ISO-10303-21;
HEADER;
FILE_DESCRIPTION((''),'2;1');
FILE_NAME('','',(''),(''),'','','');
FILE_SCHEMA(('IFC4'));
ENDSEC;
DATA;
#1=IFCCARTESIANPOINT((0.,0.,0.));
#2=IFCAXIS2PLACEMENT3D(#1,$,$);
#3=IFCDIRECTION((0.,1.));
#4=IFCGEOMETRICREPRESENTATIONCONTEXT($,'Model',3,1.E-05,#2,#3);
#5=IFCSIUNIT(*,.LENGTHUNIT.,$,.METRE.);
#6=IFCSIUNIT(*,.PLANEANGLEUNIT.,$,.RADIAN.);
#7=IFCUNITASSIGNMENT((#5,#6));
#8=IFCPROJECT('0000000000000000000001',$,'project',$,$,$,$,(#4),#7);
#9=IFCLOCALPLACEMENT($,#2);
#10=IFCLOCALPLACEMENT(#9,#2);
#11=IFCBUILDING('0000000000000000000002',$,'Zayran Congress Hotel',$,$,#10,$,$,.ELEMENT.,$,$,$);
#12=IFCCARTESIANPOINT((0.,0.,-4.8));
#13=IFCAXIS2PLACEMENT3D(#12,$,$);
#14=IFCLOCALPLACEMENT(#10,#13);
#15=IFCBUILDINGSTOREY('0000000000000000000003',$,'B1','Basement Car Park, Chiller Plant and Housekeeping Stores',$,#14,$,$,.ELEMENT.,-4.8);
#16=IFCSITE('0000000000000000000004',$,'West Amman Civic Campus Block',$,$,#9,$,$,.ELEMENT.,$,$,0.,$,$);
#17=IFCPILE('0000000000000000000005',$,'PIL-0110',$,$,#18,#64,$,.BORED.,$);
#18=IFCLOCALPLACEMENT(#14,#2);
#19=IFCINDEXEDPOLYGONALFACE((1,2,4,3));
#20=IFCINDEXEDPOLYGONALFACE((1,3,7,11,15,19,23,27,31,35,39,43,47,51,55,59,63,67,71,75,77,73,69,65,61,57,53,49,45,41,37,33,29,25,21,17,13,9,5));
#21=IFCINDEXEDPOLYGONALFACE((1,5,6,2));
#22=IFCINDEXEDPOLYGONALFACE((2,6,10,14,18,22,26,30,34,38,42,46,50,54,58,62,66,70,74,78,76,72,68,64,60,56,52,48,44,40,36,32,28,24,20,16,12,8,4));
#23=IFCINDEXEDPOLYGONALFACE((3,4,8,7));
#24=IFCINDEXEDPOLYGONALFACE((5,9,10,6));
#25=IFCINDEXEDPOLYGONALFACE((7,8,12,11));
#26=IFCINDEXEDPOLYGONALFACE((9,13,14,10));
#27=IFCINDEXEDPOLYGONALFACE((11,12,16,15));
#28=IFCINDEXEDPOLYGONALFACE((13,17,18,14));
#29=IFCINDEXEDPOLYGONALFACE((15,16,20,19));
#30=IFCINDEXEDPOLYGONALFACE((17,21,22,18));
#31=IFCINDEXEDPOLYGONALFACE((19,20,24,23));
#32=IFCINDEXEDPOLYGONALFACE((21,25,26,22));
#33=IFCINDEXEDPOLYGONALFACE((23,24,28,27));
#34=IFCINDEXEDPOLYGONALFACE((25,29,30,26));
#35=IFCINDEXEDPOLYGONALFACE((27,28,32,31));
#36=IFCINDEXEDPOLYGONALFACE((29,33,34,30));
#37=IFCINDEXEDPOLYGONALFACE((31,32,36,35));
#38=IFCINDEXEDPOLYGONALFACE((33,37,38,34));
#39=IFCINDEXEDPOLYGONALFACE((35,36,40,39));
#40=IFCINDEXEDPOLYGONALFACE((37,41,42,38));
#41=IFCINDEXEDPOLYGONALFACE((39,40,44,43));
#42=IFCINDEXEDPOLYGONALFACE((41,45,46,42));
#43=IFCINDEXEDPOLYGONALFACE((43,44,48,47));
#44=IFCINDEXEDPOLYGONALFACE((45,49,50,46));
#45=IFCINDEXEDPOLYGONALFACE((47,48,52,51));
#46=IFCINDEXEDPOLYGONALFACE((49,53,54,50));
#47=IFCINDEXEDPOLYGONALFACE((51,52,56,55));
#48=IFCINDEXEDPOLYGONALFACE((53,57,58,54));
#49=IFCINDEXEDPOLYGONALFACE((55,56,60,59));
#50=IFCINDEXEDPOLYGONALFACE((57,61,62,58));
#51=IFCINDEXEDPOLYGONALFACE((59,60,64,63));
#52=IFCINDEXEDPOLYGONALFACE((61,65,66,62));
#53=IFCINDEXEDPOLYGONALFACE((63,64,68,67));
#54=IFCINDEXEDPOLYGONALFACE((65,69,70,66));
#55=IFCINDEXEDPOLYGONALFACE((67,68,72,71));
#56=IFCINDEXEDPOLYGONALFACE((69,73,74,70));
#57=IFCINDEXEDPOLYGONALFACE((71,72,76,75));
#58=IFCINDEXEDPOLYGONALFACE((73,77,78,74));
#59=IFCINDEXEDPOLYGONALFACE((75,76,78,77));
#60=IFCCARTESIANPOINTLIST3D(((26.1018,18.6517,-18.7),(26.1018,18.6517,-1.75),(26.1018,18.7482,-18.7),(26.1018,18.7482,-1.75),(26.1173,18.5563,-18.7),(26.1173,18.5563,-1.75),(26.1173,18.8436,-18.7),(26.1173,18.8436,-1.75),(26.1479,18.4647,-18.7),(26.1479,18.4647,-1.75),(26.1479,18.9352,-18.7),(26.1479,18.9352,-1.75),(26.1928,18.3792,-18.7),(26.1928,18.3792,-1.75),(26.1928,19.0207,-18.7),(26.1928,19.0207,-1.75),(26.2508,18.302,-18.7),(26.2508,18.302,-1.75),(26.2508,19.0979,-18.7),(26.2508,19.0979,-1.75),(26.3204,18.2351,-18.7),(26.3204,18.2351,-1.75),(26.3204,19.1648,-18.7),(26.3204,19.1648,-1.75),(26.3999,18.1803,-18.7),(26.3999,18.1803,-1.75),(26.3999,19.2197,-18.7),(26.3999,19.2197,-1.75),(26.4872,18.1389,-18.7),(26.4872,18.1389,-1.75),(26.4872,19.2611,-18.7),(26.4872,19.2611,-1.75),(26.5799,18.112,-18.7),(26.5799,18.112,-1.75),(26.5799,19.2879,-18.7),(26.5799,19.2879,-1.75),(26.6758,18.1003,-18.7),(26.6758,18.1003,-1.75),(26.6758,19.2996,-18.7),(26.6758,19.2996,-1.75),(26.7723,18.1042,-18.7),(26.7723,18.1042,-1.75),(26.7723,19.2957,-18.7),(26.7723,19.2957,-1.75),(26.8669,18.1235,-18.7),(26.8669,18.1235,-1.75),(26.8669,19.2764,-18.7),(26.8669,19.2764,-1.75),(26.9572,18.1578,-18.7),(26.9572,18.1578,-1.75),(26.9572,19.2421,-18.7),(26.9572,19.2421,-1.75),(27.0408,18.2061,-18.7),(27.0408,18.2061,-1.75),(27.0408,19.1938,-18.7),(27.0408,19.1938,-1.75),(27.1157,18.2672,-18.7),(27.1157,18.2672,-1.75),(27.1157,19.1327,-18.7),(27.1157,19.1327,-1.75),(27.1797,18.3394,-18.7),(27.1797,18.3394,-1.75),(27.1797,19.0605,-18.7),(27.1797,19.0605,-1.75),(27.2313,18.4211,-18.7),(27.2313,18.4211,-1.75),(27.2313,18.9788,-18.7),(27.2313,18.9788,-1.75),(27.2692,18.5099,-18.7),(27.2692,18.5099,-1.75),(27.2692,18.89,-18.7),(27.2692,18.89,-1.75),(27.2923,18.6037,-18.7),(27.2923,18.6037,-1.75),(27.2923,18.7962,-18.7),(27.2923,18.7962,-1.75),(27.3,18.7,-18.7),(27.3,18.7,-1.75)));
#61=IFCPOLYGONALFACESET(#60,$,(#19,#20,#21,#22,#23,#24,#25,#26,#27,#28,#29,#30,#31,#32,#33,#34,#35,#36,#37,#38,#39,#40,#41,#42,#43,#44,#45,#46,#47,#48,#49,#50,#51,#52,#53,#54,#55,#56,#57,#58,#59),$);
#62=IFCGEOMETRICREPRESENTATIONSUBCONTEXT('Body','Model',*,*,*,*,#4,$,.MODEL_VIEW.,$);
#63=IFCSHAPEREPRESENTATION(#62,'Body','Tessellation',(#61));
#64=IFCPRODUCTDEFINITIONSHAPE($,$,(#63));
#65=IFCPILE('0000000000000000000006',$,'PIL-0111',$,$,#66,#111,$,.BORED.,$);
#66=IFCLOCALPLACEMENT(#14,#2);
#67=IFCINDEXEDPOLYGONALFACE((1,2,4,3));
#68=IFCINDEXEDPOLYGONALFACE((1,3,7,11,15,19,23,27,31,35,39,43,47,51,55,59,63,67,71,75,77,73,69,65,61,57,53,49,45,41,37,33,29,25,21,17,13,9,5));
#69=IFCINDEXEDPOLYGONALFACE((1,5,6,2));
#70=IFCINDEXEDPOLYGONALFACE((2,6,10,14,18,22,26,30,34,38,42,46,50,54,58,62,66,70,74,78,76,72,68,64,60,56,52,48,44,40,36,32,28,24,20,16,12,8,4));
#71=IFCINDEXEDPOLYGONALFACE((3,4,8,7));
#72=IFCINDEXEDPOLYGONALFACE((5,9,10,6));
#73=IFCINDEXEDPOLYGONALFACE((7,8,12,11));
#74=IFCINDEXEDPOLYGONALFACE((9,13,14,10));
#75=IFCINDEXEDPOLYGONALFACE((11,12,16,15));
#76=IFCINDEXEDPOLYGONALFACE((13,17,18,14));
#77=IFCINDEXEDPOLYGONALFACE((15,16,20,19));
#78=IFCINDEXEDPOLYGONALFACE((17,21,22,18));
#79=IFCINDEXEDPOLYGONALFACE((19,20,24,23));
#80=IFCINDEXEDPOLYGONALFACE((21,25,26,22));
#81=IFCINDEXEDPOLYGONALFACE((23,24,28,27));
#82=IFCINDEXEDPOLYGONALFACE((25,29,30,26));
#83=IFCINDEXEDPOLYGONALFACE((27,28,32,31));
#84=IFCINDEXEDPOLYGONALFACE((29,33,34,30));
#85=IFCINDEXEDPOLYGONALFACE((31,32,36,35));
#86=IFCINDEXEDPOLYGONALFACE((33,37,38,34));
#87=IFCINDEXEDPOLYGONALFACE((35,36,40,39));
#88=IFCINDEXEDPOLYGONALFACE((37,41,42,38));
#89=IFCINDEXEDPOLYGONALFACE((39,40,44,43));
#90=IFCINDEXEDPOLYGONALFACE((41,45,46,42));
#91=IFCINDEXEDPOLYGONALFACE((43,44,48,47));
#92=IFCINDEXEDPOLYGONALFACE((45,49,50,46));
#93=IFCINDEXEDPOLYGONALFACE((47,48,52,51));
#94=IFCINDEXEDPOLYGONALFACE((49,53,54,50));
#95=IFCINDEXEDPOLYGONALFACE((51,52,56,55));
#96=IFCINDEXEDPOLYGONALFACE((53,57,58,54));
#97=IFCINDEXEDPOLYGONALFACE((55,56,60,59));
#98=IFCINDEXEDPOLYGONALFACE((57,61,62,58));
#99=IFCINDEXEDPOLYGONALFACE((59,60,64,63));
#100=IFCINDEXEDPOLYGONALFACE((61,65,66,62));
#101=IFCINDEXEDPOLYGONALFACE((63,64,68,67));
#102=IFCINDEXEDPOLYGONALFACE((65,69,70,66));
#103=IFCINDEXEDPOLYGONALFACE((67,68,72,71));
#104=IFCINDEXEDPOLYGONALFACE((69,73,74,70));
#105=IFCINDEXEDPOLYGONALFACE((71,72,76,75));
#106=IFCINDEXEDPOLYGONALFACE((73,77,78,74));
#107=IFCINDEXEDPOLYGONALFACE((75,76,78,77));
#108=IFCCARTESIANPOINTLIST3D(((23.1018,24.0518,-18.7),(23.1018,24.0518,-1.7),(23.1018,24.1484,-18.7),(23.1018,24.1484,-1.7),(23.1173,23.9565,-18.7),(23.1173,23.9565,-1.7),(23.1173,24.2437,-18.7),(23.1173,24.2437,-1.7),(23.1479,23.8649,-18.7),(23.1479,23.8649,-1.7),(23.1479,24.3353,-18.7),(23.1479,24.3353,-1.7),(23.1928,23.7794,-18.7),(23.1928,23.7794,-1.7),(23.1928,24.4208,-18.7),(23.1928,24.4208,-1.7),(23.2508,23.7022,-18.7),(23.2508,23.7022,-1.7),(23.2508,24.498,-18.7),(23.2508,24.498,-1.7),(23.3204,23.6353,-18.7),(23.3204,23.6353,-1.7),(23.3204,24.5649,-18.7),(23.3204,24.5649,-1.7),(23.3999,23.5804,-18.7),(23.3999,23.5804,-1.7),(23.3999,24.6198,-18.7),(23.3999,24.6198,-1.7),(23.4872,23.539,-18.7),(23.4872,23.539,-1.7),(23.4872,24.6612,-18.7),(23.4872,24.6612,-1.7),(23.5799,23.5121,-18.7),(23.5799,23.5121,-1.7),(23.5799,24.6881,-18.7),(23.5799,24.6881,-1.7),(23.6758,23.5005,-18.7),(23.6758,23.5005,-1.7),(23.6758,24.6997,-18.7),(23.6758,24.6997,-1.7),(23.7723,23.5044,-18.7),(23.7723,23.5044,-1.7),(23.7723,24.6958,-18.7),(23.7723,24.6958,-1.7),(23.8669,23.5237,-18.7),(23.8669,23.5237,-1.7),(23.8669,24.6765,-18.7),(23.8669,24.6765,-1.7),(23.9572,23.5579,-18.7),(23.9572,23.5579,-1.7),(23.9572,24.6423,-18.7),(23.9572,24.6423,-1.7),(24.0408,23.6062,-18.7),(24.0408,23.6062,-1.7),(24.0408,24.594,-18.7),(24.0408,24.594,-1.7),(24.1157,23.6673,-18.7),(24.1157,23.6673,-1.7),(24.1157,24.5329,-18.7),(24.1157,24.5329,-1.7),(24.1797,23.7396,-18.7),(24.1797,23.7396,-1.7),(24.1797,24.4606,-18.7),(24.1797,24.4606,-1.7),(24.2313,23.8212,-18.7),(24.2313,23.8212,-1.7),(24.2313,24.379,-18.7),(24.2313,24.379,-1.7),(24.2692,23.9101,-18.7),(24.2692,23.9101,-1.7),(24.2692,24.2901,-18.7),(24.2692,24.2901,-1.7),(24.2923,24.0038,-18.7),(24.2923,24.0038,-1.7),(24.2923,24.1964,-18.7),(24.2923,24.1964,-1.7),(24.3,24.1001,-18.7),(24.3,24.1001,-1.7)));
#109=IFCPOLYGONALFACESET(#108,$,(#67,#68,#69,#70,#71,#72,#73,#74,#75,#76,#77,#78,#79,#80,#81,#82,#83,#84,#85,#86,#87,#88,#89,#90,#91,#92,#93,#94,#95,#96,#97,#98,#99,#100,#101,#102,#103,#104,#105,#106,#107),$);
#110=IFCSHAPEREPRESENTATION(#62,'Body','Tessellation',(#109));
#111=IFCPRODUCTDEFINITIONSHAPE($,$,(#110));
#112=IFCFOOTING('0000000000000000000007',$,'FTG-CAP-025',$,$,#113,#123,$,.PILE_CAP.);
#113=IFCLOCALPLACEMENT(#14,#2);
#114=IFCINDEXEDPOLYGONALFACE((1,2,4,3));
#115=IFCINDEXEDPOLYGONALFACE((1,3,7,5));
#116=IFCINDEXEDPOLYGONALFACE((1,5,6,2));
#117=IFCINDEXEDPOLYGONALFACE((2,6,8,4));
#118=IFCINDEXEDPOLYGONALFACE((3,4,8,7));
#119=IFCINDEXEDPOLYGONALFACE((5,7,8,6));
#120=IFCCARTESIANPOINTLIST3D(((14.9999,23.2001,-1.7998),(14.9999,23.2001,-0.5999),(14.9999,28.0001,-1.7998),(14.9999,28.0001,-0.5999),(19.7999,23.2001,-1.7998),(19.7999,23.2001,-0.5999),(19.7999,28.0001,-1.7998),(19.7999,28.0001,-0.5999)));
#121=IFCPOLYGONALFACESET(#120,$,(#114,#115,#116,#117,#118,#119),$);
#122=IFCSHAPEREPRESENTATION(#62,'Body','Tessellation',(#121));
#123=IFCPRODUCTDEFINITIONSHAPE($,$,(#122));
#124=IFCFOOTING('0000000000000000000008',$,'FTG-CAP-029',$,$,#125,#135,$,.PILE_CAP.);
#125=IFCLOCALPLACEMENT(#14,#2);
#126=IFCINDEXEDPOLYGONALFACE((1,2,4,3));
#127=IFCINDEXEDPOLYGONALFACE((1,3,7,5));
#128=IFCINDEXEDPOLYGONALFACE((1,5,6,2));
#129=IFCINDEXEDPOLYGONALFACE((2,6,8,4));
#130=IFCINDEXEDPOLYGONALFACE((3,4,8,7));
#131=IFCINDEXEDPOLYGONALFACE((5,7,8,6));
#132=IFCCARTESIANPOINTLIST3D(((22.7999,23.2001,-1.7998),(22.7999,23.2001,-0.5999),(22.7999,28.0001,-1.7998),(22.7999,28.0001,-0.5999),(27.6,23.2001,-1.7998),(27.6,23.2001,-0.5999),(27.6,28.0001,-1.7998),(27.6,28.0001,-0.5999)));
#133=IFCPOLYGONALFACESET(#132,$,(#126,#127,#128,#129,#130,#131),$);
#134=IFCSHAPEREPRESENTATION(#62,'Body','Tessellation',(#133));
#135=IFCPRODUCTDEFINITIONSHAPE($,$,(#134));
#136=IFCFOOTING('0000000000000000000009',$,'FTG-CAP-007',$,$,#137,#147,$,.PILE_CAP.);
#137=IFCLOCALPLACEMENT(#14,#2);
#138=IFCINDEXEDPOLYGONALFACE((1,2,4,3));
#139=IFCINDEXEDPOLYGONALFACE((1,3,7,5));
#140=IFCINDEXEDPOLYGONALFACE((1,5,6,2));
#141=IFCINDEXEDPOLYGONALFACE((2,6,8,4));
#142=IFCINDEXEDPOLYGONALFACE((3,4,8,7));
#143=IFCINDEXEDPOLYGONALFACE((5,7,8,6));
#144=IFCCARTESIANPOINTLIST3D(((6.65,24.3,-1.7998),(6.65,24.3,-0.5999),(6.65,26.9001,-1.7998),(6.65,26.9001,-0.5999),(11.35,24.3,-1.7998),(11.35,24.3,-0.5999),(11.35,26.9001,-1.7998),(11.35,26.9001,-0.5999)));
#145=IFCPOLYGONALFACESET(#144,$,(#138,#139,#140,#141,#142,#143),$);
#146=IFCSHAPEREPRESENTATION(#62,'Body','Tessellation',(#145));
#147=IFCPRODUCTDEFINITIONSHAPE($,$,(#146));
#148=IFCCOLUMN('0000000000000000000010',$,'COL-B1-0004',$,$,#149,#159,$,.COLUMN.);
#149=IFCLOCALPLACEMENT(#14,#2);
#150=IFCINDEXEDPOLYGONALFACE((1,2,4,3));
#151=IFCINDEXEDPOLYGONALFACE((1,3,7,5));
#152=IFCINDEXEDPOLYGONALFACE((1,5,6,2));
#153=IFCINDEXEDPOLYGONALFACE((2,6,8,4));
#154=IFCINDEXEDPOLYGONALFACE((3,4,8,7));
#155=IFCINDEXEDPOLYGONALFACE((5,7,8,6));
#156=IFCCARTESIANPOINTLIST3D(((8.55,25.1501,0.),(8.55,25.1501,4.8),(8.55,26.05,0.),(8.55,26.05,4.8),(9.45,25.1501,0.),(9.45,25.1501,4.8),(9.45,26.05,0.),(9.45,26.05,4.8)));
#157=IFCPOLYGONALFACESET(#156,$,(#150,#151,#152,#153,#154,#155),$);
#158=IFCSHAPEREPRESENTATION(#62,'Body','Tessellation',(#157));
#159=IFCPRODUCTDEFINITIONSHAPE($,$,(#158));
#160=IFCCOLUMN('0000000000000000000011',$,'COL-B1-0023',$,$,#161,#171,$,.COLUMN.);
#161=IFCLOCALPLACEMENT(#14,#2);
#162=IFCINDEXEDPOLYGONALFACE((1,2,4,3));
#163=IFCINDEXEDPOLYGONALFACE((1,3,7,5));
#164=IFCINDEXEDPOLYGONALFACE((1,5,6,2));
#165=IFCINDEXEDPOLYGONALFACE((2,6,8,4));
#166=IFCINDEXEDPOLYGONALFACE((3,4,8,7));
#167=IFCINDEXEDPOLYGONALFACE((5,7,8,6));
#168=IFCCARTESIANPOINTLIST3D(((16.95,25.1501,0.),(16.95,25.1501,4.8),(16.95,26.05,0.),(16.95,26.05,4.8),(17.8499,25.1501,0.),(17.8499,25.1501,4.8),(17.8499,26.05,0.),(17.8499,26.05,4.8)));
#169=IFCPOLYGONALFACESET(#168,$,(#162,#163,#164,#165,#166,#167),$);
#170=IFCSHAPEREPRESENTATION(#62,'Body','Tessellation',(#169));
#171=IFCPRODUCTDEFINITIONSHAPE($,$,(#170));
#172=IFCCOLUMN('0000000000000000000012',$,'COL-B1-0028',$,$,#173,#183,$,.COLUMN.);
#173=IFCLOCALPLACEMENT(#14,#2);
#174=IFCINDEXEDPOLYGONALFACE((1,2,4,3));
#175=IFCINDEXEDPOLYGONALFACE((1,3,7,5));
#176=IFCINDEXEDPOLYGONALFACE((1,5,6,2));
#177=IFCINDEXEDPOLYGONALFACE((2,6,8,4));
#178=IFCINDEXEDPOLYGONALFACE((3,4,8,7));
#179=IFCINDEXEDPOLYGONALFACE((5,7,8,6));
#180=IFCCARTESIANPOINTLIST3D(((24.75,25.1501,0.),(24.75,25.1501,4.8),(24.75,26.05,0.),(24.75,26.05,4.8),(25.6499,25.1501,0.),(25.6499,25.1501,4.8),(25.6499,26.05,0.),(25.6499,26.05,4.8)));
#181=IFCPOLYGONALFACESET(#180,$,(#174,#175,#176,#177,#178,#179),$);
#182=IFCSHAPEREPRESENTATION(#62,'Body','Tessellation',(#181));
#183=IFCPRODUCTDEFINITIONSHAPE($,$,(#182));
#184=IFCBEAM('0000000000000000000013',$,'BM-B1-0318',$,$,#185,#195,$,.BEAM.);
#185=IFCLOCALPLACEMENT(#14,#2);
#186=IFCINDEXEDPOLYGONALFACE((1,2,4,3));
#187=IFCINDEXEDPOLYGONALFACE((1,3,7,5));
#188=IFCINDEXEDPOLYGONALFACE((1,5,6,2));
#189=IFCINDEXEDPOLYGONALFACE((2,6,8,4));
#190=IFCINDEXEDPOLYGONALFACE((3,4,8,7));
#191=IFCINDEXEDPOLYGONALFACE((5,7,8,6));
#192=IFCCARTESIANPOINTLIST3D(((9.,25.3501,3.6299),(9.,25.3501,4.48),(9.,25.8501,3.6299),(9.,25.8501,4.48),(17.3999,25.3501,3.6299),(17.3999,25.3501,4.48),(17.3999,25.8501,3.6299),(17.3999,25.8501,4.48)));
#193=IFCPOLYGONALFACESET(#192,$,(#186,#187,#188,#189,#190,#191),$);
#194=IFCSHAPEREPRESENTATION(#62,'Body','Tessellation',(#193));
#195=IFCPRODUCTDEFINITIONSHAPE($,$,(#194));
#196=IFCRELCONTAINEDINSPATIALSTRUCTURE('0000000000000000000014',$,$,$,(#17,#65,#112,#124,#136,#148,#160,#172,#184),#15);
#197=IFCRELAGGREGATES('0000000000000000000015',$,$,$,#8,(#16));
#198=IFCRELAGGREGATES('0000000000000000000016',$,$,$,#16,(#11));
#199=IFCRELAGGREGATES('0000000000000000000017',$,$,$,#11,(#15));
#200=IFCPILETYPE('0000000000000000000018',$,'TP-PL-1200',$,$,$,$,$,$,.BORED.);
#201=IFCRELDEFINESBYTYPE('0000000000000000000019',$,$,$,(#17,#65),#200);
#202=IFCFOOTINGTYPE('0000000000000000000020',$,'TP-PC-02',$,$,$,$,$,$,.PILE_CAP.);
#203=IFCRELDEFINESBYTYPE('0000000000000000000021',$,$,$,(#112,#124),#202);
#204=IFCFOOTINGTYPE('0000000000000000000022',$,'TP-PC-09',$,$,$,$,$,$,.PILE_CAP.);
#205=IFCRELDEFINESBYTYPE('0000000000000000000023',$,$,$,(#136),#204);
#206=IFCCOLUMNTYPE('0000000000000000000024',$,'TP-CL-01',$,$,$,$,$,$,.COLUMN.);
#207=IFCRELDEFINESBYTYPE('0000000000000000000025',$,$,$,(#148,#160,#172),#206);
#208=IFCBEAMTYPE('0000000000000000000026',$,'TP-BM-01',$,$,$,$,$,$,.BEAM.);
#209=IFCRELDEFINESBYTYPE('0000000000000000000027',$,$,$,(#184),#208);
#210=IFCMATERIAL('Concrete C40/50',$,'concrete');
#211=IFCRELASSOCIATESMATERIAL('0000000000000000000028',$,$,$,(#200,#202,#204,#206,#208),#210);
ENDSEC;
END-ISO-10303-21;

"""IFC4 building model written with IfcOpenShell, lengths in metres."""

from ifc_helpers import new_model, si_unit, direction, frame, origin, origin_2d, place, context, subcontext, project, spatial, rectangle, circle, extrude, material, material_profile, profile_set, type_object, element, save


model = new_model("IFC4")

# Units and contexts
model_context = context("Model", 3, precision=1e-05, world=origin(), true_north=direction((0.0, 1.0)))
body_context = subcontext(model_context, "Body", "Model", "MODEL_VIEW")
ifc_project = project(units=[si_unit("LENGTHUNIT", "METRE"), si_unit("PLANEANGLEUNIT", "RADIAN")], contexts=[model_context])

# Site, building, storey
site_placement = place(None, origin())
site = spatial("IfcSite", under=ifc_project, at=site_placement, Name="West Amman Civic Campus Block", CompositionType="ELEMENT", RefElevation=0.0)
building_placement = place(site_placement, origin())
building = spatial("IfcBuilding", under=site, at=building_placement, Name="Zayran Congress Hotel", CompositionType="ELEMENT")
storey_placement = place(building_placement, frame((0.0, 0.0, -4.8)))
storey = spatial("IfcBuildingStorey", under=building, at=storey_placement, Name="B1", Description="Basement Car Park, Chiller Plant and Housekeeping Stores", CompositionType="ELEMENT", Elevation=-4.8)

# Piles
ifc_material_1 = material(Name="Concrete C40/50", Category="concrete")
ifc_material_profile_1 = material_profile(ifc_material_1, circle(Radius=0.6001, at=origin_2d()), Name="PILE D1200")
ifc_profile_set_1 = profile_set([ifc_material_profile_1], Name="Concrete C40/50")
pile_type = type_object("IfcPileType", Name="TP-PL-1200", PredefinedType="BORED", material=ifc_profile_set_1)
for number, where, z_axis, x_axis, name in (
    (1, (26.7, 18.7, -1.75), (0.0, 0.0, -1.0), (1.0, 0.0, 0.0), "PIL-0110"),
):
    element("IfcPile", number, at=place(storey_placement, frame(where, z_axis=z_axis, x_axis=x_axis)), inside=storey, type_object=pile_type, Name=name, PredefinedType="BORED", context=body_context, shape_type="SweptSolid", body=[
        extrude(circle(Radius=0.6001, at=origin_2d()), origin(), (0.0, 0.0, 1.0), 16.95),
    ])
pile_placement = place(storey_placement, frame((23.7, 24.1001, -1.7), z_axis=(0.0, 0.0, -1.0), x_axis=(1.0, 0.0, 0.0)))
element("IfcPile", 2, at=pile_placement, inside=storey, type_object=pile_type, Name="PIL-0111", PredefinedType="BORED", context=body_context, shape_type="SweptSolid", body=[
    extrude(circle(Radius=0.6001, at=origin_2d()), origin(), (0.0, 0.0, 1.0), 17.0),
])

# Footings
footing_type_1 = type_object("IfcFootingType", Name="TP-PC-02", PredefinedType="PILE_CAP", material=ifc_material_1)
for number, where, z_axis, x_axis, name in (
    (3, (17.3999, 25.6001, -1.7998), (0.0, 0.0, 1.0), (1.0, 0.0, 0.0), "FTG-CAP-025"),
    (4, (25.2, 25.6001, -1.7998), (0.0, 0.0, 1.0), (1.0, 0.0, 0.0), "FTG-CAP-029"),
):
    element("IfcFooting", number, at=place(storey_placement, frame(where, z_axis=z_axis, x_axis=x_axis)), inside=storey, type_object=footing_type_1, Name=name, PredefinedType="PILE_CAP", context=body_context, shape_type="SweptSolid", body=[
        extrude(rectangle(XDim=4.8, YDim=4.8, at=origin_2d()), origin(), (0.0, 0.0, 1.0), 1.2),
    ])
footing_type_2 = type_object("IfcFootingType", Name="TP-PC-09", PredefinedType="PILE_CAP", material=ifc_material_1)
footing_placement = place(storey_placement, frame((9.0, 25.6001, -1.7998), z_axis=(0.0, 0.0, 1.0), x_axis=(1.0, 0.0, 0.0)))
element("IfcFooting", 5, at=footing_placement, inside=storey, type_object=footing_type_2, Name="FTG-CAP-007", PredefinedType="PILE_CAP", context=body_context, shape_type="SweptSolid", body=[
    extrude(rectangle(XDim=4.7, YDim=2.6001, at=origin_2d()), origin(), (0.0, 0.0, 1.0), 1.2),
])

# Columns
ifc_material_profile_2 = material_profile(ifc_material_1, rectangle(XDim=0.8999, YDim=0.8999, at=origin_2d()), Name="RC 900x900")
ifc_profile_set_2 = profile_set([ifc_material_profile_2], Name="Concrete C40/50")
column_type = type_object("IfcColumnType", Name="TP-CL-01", PredefinedType="COLUMN", material=ifc_profile_set_2)
for number, where, z_axis, x_axis, name in (
    (6, (9.0, 25.6001, 0.0), (0.0, 0.0, 1.0), (1.0, 0.0, 0.0), "COL-B1-0004"),
    (7, (17.3999, 25.6001, 0.0), (0.0, 0.0, 1.0), (1.0, 0.0, 0.0), "COL-B1-0023"),
    (8, (25.2, 25.6001, 0.0), (0.0, 0.0, 1.0), (1.0, 0.0, 0.0), "COL-B1-0028"),
):
    element("IfcColumn", number, at=place(storey_placement, frame(where, z_axis=z_axis, x_axis=x_axis)), inside=storey, type_object=column_type, Name=name, PredefinedType="COLUMN", context=body_context, shape_type="SweptSolid", body=[
        extrude(rectangle(XDim=0.8999, YDim=0.8999, at=origin_2d()), origin(), (0.0, 0.0, 1.0), 4.8),
    ])

# Beam
ifc_material_profile_3 = material_profile(ifc_material_1, rectangle(XDim=0.5, YDim=0.8501, at=origin_2d()), Name="RC 500x850")
ifc_profile_set_3 = profile_set([ifc_material_profile_3], Name="Concrete C40/50")
beam_type = type_object("IfcBeamType", Name="TP-BM-01", PredefinedType="BEAM", material=ifc_profile_set_3)
beam_1_placement = place(storey_placement, frame((9.0, 25.6001, 4.0549), z_axis=(1.0, 0.0, 0.0), x_axis=(0.0, 1.0, 0.0)))
element("IfcBeam", 9, at=beam_1_placement, inside=storey, type_object=beam_type, Name="BM-B1-0318", PredefinedType="BEAM", context=body_context, shape_type="SweptSolid", body=[
    extrude(rectangle(XDim=0.5, YDim=0.8501, at=origin_2d()), origin(), (0.0, 0.0, 1.0), 8.3999),
])

save(model, "model.ifc")
